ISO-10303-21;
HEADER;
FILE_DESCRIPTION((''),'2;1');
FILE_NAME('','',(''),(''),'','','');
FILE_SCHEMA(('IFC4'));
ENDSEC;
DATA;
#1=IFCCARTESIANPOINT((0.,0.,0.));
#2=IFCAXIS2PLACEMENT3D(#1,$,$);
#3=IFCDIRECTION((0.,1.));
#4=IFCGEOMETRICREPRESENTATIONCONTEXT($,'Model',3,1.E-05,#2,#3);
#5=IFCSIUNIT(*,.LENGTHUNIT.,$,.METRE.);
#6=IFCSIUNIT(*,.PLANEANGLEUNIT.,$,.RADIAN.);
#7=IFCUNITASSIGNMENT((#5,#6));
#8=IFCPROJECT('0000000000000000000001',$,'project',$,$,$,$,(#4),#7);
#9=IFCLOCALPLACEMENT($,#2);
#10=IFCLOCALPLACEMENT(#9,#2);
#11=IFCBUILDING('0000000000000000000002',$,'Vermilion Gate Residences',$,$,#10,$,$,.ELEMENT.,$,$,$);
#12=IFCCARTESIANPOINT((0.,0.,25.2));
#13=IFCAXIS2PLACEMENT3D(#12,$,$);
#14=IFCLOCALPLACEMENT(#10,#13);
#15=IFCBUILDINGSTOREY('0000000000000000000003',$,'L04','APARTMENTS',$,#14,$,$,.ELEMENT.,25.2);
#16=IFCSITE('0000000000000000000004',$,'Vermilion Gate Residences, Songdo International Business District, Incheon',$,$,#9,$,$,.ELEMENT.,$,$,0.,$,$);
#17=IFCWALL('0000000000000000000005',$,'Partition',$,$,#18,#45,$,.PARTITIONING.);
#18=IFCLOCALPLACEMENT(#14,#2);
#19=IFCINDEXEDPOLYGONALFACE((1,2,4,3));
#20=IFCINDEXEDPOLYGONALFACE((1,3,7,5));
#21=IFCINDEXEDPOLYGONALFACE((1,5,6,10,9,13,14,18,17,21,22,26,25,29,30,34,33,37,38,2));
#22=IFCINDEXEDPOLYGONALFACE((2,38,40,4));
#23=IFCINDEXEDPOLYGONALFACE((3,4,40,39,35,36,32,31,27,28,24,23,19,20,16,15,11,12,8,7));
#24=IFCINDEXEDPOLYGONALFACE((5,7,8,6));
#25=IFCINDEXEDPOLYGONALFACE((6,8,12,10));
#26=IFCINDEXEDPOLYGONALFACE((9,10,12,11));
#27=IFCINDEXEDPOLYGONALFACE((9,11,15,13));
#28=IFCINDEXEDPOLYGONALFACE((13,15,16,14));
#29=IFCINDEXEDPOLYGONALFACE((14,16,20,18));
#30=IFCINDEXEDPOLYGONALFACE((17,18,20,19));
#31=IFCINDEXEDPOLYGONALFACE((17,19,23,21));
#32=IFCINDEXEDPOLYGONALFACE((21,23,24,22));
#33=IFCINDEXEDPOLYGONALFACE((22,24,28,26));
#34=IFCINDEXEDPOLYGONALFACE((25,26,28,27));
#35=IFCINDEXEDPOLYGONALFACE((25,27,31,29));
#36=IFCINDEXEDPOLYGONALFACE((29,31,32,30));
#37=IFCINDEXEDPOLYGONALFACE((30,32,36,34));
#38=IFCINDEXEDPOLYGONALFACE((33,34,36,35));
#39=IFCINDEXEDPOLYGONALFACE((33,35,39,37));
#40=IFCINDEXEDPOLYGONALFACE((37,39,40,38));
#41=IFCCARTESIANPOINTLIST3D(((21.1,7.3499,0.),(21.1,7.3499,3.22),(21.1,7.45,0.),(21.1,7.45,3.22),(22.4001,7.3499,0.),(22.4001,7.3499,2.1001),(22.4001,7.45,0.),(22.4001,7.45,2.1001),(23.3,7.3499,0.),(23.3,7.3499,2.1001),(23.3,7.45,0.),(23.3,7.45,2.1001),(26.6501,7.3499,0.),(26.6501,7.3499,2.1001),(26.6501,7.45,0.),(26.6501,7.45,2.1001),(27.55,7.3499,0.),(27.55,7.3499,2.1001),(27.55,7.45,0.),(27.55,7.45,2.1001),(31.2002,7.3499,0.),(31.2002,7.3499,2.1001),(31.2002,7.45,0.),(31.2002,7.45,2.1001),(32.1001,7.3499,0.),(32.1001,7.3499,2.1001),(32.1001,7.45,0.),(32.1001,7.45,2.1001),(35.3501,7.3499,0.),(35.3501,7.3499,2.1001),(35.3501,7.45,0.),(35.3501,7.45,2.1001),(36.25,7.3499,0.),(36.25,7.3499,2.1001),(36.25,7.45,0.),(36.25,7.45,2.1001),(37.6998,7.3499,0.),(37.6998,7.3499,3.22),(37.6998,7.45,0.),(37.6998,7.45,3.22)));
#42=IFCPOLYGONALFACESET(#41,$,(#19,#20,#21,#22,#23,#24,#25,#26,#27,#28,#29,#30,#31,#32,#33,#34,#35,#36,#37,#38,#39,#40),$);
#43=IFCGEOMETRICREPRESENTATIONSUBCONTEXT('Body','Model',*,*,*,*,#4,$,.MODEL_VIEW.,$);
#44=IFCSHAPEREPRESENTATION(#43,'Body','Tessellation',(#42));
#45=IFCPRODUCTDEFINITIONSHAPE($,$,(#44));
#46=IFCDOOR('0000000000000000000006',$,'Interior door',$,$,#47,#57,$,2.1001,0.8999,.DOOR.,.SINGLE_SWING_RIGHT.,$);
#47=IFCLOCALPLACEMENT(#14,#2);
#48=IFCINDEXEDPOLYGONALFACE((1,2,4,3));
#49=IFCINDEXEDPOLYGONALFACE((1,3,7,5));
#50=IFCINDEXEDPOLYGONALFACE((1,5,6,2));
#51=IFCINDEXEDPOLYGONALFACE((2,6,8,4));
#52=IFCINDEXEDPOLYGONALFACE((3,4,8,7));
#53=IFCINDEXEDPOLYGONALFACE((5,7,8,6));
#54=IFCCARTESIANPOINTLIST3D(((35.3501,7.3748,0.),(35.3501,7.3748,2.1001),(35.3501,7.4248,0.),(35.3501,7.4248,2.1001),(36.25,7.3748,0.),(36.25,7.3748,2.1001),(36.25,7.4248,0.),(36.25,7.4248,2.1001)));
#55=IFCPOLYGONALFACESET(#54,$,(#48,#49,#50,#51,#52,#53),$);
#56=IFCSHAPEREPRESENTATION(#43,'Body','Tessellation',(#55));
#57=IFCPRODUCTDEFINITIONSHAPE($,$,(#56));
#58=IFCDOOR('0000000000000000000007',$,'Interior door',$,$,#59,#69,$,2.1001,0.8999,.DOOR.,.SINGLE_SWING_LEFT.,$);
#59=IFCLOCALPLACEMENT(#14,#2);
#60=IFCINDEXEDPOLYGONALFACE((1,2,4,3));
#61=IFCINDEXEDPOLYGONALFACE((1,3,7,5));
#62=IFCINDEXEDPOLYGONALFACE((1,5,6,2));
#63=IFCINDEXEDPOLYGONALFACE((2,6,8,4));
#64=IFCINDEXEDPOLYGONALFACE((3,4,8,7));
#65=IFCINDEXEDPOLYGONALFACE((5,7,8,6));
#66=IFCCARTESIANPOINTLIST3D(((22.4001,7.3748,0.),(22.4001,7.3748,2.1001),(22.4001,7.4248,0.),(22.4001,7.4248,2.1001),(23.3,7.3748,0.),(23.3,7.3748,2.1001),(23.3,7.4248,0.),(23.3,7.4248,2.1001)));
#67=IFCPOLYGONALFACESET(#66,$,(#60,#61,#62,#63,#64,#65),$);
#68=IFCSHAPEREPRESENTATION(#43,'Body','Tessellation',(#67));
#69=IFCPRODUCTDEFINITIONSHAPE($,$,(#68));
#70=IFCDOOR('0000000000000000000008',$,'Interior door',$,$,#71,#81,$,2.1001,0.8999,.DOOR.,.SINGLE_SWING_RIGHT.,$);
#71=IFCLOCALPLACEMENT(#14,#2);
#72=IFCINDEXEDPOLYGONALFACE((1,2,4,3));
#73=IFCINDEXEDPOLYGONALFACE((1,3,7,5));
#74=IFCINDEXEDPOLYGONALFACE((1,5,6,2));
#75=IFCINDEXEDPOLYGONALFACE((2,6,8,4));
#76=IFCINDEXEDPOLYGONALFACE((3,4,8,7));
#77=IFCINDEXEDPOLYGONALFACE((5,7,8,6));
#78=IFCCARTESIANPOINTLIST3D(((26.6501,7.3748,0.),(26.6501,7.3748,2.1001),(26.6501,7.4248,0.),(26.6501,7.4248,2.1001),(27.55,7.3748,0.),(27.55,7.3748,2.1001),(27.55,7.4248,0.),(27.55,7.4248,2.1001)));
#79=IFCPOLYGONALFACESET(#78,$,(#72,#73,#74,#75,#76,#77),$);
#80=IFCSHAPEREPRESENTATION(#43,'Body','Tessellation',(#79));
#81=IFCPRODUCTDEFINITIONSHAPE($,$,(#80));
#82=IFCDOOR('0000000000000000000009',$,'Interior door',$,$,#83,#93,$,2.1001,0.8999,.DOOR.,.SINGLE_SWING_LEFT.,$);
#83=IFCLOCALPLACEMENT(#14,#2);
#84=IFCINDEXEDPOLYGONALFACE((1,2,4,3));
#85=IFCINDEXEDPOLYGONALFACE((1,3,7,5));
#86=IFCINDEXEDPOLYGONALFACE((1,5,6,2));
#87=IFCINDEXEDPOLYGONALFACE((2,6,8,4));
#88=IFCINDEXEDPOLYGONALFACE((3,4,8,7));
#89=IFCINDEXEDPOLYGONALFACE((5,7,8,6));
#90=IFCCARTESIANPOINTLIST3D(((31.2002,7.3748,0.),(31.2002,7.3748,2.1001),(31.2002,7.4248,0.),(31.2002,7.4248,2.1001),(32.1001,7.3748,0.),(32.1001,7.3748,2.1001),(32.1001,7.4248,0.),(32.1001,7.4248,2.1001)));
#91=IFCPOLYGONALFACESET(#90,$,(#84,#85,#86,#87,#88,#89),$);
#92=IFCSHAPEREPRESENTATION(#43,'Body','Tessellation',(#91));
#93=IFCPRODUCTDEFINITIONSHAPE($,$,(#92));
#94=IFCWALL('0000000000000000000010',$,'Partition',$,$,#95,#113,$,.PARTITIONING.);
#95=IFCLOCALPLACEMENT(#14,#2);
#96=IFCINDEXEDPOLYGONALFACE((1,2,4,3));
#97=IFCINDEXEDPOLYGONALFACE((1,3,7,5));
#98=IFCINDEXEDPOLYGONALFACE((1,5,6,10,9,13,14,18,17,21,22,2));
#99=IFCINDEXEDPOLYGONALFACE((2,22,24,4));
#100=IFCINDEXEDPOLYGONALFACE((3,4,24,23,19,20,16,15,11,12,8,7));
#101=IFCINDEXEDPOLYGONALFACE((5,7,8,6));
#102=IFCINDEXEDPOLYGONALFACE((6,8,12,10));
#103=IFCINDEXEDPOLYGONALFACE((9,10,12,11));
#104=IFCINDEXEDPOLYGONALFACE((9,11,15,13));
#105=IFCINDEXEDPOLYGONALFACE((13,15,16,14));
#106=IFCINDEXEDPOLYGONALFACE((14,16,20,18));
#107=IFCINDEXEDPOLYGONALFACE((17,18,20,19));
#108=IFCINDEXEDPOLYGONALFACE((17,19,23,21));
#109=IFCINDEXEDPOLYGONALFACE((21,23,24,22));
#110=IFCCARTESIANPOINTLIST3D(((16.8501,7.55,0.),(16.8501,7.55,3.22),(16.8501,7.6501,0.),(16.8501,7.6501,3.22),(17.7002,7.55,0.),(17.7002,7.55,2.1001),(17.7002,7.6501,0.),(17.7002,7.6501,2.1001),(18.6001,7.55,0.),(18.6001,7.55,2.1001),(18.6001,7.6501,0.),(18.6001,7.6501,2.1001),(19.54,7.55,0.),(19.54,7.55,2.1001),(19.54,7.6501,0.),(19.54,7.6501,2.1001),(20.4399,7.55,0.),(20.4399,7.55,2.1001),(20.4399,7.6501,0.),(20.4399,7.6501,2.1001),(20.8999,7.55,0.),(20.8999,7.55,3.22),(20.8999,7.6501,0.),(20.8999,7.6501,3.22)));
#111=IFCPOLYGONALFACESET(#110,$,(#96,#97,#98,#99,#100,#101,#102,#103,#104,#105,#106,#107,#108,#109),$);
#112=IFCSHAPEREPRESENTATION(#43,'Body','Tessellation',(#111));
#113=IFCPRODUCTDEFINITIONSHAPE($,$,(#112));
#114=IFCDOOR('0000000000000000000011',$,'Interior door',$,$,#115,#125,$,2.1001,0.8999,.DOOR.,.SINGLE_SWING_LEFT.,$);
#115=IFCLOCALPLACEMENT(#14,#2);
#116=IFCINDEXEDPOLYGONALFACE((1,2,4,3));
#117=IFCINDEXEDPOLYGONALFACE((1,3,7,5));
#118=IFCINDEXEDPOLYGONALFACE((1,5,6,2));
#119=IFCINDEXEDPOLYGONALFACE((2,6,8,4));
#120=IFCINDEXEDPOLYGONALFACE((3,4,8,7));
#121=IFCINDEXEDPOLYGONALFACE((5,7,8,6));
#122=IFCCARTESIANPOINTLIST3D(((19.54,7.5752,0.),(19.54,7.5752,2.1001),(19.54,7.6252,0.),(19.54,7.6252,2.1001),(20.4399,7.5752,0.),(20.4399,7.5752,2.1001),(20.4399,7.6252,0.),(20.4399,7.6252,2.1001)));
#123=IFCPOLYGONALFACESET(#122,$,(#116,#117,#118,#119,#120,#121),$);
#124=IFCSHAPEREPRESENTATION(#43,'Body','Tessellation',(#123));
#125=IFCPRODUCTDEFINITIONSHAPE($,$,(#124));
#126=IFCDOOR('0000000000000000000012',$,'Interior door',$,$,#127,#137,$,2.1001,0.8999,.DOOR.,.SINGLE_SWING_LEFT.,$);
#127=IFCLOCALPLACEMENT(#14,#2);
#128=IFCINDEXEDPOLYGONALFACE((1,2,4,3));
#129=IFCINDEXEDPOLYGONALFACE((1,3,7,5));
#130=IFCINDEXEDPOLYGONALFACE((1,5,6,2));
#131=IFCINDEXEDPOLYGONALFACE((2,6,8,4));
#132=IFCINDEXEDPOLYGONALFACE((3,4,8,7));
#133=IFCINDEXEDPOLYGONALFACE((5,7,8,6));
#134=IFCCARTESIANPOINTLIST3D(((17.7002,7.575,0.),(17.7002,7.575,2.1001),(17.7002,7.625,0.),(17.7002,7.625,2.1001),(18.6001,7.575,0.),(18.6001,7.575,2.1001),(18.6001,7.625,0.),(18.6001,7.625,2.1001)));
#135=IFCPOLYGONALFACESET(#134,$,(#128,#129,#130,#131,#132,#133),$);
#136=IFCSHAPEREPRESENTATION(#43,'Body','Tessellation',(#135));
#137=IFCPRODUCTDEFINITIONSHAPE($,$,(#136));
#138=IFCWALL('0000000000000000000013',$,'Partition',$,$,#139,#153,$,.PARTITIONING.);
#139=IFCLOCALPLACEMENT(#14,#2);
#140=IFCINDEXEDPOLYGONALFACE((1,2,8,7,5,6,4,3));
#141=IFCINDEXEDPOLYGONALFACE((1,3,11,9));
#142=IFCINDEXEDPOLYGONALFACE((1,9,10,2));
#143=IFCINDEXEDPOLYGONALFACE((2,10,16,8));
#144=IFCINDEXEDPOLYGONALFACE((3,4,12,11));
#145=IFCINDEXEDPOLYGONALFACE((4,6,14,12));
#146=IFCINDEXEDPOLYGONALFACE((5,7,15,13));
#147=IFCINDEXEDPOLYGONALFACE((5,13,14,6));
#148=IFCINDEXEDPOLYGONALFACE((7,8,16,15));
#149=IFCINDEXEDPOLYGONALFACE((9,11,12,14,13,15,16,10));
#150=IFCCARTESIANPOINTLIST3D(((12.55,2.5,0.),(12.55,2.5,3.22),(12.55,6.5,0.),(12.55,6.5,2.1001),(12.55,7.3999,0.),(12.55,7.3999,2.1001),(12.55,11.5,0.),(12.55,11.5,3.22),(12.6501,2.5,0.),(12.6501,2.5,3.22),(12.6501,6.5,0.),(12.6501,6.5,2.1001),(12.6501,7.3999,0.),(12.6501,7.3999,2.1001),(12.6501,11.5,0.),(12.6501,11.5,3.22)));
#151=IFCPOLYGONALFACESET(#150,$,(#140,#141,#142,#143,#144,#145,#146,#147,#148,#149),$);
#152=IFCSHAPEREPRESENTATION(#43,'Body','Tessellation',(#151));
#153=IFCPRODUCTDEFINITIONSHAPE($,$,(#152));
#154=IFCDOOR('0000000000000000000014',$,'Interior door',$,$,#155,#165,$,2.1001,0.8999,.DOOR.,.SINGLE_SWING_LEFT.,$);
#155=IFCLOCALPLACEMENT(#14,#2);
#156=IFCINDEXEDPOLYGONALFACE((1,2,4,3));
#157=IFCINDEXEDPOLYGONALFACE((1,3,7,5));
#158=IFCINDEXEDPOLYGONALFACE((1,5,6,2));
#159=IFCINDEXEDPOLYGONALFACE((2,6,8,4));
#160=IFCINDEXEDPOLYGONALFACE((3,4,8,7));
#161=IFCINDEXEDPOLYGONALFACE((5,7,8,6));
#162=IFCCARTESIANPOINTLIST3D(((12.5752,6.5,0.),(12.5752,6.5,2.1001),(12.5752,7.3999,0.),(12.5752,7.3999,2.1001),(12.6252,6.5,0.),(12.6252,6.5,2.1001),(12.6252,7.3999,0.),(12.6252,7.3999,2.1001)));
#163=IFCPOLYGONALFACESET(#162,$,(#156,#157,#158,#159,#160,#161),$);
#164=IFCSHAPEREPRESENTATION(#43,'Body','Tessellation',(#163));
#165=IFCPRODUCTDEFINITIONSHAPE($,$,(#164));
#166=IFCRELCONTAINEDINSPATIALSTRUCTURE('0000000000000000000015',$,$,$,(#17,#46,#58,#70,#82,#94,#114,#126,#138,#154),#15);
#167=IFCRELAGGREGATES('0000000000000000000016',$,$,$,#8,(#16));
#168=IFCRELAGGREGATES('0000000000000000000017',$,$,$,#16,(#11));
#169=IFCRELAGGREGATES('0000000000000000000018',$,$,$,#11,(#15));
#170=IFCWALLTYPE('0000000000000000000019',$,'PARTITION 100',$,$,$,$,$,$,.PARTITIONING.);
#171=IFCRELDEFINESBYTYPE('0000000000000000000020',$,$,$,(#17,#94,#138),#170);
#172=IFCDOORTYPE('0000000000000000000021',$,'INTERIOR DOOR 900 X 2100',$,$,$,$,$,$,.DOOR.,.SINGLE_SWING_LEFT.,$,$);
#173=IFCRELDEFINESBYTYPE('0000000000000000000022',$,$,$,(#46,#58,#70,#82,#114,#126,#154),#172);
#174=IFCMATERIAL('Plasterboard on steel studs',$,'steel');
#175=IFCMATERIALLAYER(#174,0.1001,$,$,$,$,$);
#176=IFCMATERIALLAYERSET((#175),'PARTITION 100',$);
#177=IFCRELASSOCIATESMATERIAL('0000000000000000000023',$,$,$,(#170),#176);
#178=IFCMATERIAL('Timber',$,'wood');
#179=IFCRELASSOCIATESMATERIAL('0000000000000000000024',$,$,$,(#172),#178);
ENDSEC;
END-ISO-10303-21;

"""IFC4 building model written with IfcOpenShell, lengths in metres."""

from ifc_helpers import new_model, si_unit, direction, frame, frame_2d, origin, place, context, subcontext, project, spatial, rectangle, extrude, material, layer, layer_set, type_object, element, fill, save


model = new_model("IFC4")

# Units and contexts
model_context = context("Model", 3, precision=1e-05, world=origin(), true_north=direction((0.0, 1.0)))
body_context = subcontext(model_context, "Body", "Model", "MODEL_VIEW")
ifc_project = project(units=[si_unit("LENGTHUNIT", "METRE"), si_unit("PLANEANGLEUNIT", "RADIAN")], contexts=[model_context])

# Site, building, storey
site_placement = place(None, origin())
site = spatial("IfcSite", under=ifc_project, at=site_placement, Name="Vermilion Gate Residences, Songdo International Business District, Incheon", CompositionType="ELEMENT", RefElevation=0.0)
building_placement = place(site_placement, origin())
building = spatial("IfcBuilding", under=site, at=building_placement, Name="Vermilion Gate Residences", CompositionType="ELEMENT")
storey_placement = place(building_placement, frame((0.0, 0.0, 25.2)))
storey = spatial("IfcBuildingStorey", under=building, at=storey_placement, Name="L04", Description="APARTMENTS", CompositionType="ELEMENT", Elevation=25.2)

# Walls, openings, doors
ifc_material_1 = material(Name="Plasterboard on steel studs", Category="steel")
ifc_layer_1 = layer(ifc_material_1, 0.1001)
ifc_layer_set_1 = layer_set([ifc_layer_1], Name="PARTITION 100")
wall_type_1 = type_object("IfcWallType", Name="PARTITION 100", PredefinedType="PARTITIONING", material=ifc_layer_set_1)
ifc_material_2 = material(Name="Timber", Category="wood")
door_type = type_object("IfcDoorType", Name="INTERIOR DOOR 900 X 2100", OperationType="SINGLE_SWING_LEFT", PredefinedType="DOOR", material=ifc_material_2)
wall_1_placement = place(storey_placement, frame((21.1001, 7.3999, 0.0), z_axis=(0.0, 0.0, 1.0), x_axis=(1.0, 0.0, 0.0)))
wall_1 = element("IfcWall", 1, at=wall_1_placement, inside=storey, type_object=wall_type_1, Name="Partition", PredefinedType="PARTITIONING", context=body_context, shape_type="SweptSolid", body=[
    extrude(rectangle(XDim=16.5999, YDim=0.1001, at=frame_2d((8.2998, 0.0))), origin(), (0.0, 0.0, 1.0), 3.22),
])
opening_1_placement = place(wall_1_placement, frame((14.25, 0.0, 0.0)))
opening_1 = element("IfcOpeningElement", 2, at=opening_1_placement, cuts=wall_1, PredefinedType="OPENING", context=body_context, shape_type="SweptSolid", body=[
    extrude(rectangle(XDim=0.8999, YDim=2.1001, at=frame_2d((0.45, 1.05))), frame((0.0, 0.0601, 0.0), z_axis=(0.0, -1.0, 0.0), x_axis=(1.0, 0.0, 0.0)), (0.0, 0.0, 1.0), 0.1201),
])
opening_2_placement = place(wall_1_placement, frame((1.3, 0.0, 0.0)))
opening_2 = element("IfcOpeningElement", 3, at=opening_2_placement, cuts=wall_1, PredefinedType="OPENING", context=body_context, shape_type="SweptSolid", body=[
    extrude(rectangle(XDim=0.8999, YDim=2.1001, at=frame_2d((0.45, 1.05))), frame((0.0, 0.0601, 0.0), z_axis=(0.0, -1.0, 0.0), x_axis=(1.0, 0.0, 0.0)), (0.0, 0.0, 1.0), 0.1201),
])
opening_3_placement = place(wall_1_placement, frame((5.55, 0.0, 0.0)))
opening_3 = element("IfcOpeningElement", 4, at=opening_3_placement, cuts=wall_1, PredefinedType="OPENING", context=body_context, shape_type="SweptSolid", body=[
    extrude(rectangle(XDim=0.8999, YDim=2.1001, at=frame_2d((0.45, 1.05))), frame((0.0, 0.0601, 0.0), z_axis=(0.0, -1.0, 0.0), x_axis=(1.0, 0.0, 0.0)), (0.0, 0.0, 1.0), 0.1201),
])
opening_4_placement = place(wall_1_placement, frame((10.1001, 0.0, 0.0)))
opening_4 = element("IfcOpeningElement", 5, at=opening_4_placement, cuts=wall_1, PredefinedType="OPENING", context=body_context, shape_type="SweptSolid", body=[
    extrude(rectangle(XDim=0.8999, YDim=2.1001, at=frame_2d((0.45, 1.05))), frame((0.0, 0.0601, 0.0), z_axis=(0.0, -1.0, 0.0), x_axis=(1.0, 0.0, 0.0)), (0.0, 0.0, 1.0), 0.1201),
])
door_1_placement = place(opening_1_placement, origin())
door_1 = element("IfcDoor", 6, at=door_1_placement, inside=storey, type_object=door_type, Name="Interior door", OperationType="SINGLE_SWING_RIGHT", OverallHeight=2.1001, OverallWidth=0.8999, PredefinedType="DOOR", context=body_context, shape_type="SweptSolid", body=[
    extrude(rectangle(XDim=0.8999, YDim=2.1001, at=frame_2d((0.45, 1.05))), frame((0.0, 0.0249, 0.0), z_axis=(0.0, -1.0, 0.0), x_axis=(1.0, 0.0, 0.0)), (0.0, 0.0, 1.0), 0.05),
])
fill(opening_1, door_1)
door_2_placement = place(opening_2_placement, origin())
door_2 = element("IfcDoor", 7, at=door_2_placement, inside=storey, type_object=door_type, Name="Interior door", OperationType="SINGLE_SWING_LEFT", OverallHeight=2.1001, OverallWidth=0.8999, PredefinedType="DOOR", context=body_context, shape_type="SweptSolid", body=[
    extrude(rectangle(XDim=0.8999, YDim=2.1001, at=frame_2d((0.45, 1.05))), frame((0.0, 0.0249, 0.0), z_axis=(0.0, -1.0, 0.0), x_axis=(1.0, 0.0, 0.0)), (0.0, 0.0, 1.0), 0.05),
])
fill(opening_2, door_2)
door_3_placement = place(opening_3_placement, origin())
door_3 = element("IfcDoor", 8, at=door_3_placement, inside=storey, type_object=door_type, Name="Interior door", OperationType="SINGLE_SWING_RIGHT", OverallHeight=2.1001, OverallWidth=0.8999, PredefinedType="DOOR", context=body_context, shape_type="SweptSolid", body=[
    extrude(rectangle(XDim=0.8999, YDim=2.1001, at=frame_2d((0.45, 1.05))), frame((0.0, 0.0249, 0.0), z_axis=(0.0, -1.0, 0.0), x_axis=(1.0, 0.0, 0.0)), (0.0, 0.0, 1.0), 0.05),
])
fill(opening_3, door_3)
door_4_placement = place(opening_4_placement, origin())
door_4 = element("IfcDoor", 9, at=door_4_placement, inside=storey, type_object=door_type, Name="Interior door", OperationType="SINGLE_SWING_LEFT", OverallHeight=2.1001, OverallWidth=0.8999, PredefinedType="DOOR", context=body_context, shape_type="SweptSolid", body=[
    extrude(rectangle(XDim=0.8999, YDim=2.1001, at=frame_2d((0.45, 1.05))), frame((0.0, 0.0249, 0.0), z_axis=(0.0, -1.0, 0.0), x_axis=(1.0, 0.0, 0.0)), (0.0, 0.0, 1.0), 0.05),
])
fill(opening_4, door_4)
wall_2_placement = place(storey_placement, frame((16.8501, 7.6001, 0.0), z_axis=(0.0, 0.0, 1.0), x_axis=(1.0, 0.0, 0.0)))
wall_2 = element("IfcWall", 10, at=wall_2_placement, inside=storey, type_object=wall_type_1, Name="Partition", PredefinedType="PARTITIONING", context=body_context, shape_type="SweptSolid", body=[
    extrude(rectangle(XDim=4.0498, YDim=0.1001, at=frame_2d((2.0249, 0.0))), origin(), (0.0, 0.0, 1.0), 3.22),
])
opening_5_placement = place(wall_2_placement, frame((2.6899, 0.0, 0.0)))
opening_5 = element("IfcOpeningElement", 11, at=opening_5_placement, cuts=wall_2, PredefinedType="OPENING", context=body_context, shape_type="SweptSolid", body=[
    extrude(rectangle(XDim=0.8999, YDim=2.1001, at=frame_2d((0.45, 1.05))), frame((0.0, 0.0601, 0.0), z_axis=(0.0, -1.0, 0.0), x_axis=(1.0, 0.0, 0.0)), (0.0, 0.0, 1.0), 0.1201),
])
opening_6_placement = place(wall_2_placement, frame((0.8501, 0.0, 0.0)))
opening_6 = element("IfcOpeningElement", 12, at=opening_6_placement, cuts=wall_2, PredefinedType="OPENING", context=body_context, shape_type="SweptSolid", body=[
    extrude(rectangle(XDim=0.8999, YDim=2.1001, at=frame_2d((0.45, 1.05))), frame((0.0, 0.0601, 0.0), z_axis=(0.0, -1.0, 0.0), x_axis=(1.0, 0.0, 0.0)), (0.0, 0.0, 1.0), 0.1201),
])
door_5_placement = place(opening_5_placement, frame((0.8999, 0.0, 0.0), z_axis=(0.0, 0.0, 1.0), x_axis=(-1.0, 0.0, 0.0)))
door_5 = element("IfcDoor", 13, at=door_5_placement, inside=storey, type_object=door_type, Name="Interior door", OperationType="SINGLE_SWING_LEFT", OverallHeight=2.1001, OverallWidth=0.8999, PredefinedType="DOOR", context=body_context, shape_type="SweptSolid", body=[
    extrude(rectangle(XDim=0.8999, YDim=2.1001, at=frame_2d((0.45, 1.05))), frame((0.0, 0.0249, 0.0), z_axis=(0.0, -1.0, 0.0), x_axis=(1.0, 0.0, 0.0)), (0.0, 0.0, 1.0), 0.05),
])
fill(opening_5, door_5)
door_6_placement = place(opening_6_placement, origin())
door_6 = element("IfcDoor", 14, at=door_6_placement, inside=storey, type_object=door_type, Name="Interior door", OperationType="SINGLE_SWING_LEFT", OverallHeight=2.1001, OverallWidth=0.8999, PredefinedType="DOOR", context=body_context, shape_type="SweptSolid", body=[
    extrude(rectangle(XDim=0.8999, YDim=2.1001, at=frame_2d((0.45, 1.05))), frame((0.0, 0.0249, 0.0), z_axis=(0.0, -1.0, 0.0), x_axis=(1.0, 0.0, 0.0)), (0.0, 0.0, 1.0), 0.05),
])
fill(opening_6, door_6)

# Wall, opening, door
wall_3_placement = place(storey_placement, frame((12.6001, 2.5, 0.0), z_axis=(0.0, 0.0, 1.0), x_axis=(0.0, 1.0, 0.0)))
wall_3 = element("IfcWall", 15, at=wall_3_placement, inside=storey, type_object=wall_type_1, Name="Partition", PredefinedType="PARTITIONING", context=body_context, shape_type="SweptSolid", body=[
    extrude(rectangle(XDim=9.0, YDim=0.1001, at=frame_2d((4.5, 0.0))), origin(), (0.0, 0.0, 1.0), 3.22),
])
opening_7_placement = place(wall_3_placement, frame((4.0, 0.0, 0.0)))
opening_7 = element("IfcOpeningElement", 16, at=opening_7_placement, cuts=wall_3, PredefinedType="OPENING", context=body_context, shape_type="SweptSolid", body=[
    extrude(rectangle(XDim=0.8999, YDim=2.1001, at=frame_2d((0.45, 1.05))), frame((0.0, 0.0601, 0.0), z_axis=(0.0, -1.0, 0.0), x_axis=(1.0, 0.0, 0.0)), (0.0, 0.0, 1.0), 0.1201),
])
door_7_placement = place(opening_7_placement, origin())
door_7 = element("IfcDoor", 17, at=door_7_placement, inside=storey, type_object=door_type, Name="Interior door", OperationType="SINGLE_SWING_LEFT", OverallHeight=2.1001, OverallWidth=0.8999, PredefinedType="DOOR", context=body_context, shape_type="SweptSolid", body=[
    extrude(rectangle(XDim=0.8999, YDim=2.1001, at=frame_2d((0.45, 1.05))), frame((0.0, 0.0249, 0.0), z_axis=(0.0, -1.0, 0.0), x_axis=(1.0, 0.0, 0.0)), (0.0, 0.0, 1.0), 0.05),
])
fill(opening_7, door_7)

save(model, "model.ifc")
